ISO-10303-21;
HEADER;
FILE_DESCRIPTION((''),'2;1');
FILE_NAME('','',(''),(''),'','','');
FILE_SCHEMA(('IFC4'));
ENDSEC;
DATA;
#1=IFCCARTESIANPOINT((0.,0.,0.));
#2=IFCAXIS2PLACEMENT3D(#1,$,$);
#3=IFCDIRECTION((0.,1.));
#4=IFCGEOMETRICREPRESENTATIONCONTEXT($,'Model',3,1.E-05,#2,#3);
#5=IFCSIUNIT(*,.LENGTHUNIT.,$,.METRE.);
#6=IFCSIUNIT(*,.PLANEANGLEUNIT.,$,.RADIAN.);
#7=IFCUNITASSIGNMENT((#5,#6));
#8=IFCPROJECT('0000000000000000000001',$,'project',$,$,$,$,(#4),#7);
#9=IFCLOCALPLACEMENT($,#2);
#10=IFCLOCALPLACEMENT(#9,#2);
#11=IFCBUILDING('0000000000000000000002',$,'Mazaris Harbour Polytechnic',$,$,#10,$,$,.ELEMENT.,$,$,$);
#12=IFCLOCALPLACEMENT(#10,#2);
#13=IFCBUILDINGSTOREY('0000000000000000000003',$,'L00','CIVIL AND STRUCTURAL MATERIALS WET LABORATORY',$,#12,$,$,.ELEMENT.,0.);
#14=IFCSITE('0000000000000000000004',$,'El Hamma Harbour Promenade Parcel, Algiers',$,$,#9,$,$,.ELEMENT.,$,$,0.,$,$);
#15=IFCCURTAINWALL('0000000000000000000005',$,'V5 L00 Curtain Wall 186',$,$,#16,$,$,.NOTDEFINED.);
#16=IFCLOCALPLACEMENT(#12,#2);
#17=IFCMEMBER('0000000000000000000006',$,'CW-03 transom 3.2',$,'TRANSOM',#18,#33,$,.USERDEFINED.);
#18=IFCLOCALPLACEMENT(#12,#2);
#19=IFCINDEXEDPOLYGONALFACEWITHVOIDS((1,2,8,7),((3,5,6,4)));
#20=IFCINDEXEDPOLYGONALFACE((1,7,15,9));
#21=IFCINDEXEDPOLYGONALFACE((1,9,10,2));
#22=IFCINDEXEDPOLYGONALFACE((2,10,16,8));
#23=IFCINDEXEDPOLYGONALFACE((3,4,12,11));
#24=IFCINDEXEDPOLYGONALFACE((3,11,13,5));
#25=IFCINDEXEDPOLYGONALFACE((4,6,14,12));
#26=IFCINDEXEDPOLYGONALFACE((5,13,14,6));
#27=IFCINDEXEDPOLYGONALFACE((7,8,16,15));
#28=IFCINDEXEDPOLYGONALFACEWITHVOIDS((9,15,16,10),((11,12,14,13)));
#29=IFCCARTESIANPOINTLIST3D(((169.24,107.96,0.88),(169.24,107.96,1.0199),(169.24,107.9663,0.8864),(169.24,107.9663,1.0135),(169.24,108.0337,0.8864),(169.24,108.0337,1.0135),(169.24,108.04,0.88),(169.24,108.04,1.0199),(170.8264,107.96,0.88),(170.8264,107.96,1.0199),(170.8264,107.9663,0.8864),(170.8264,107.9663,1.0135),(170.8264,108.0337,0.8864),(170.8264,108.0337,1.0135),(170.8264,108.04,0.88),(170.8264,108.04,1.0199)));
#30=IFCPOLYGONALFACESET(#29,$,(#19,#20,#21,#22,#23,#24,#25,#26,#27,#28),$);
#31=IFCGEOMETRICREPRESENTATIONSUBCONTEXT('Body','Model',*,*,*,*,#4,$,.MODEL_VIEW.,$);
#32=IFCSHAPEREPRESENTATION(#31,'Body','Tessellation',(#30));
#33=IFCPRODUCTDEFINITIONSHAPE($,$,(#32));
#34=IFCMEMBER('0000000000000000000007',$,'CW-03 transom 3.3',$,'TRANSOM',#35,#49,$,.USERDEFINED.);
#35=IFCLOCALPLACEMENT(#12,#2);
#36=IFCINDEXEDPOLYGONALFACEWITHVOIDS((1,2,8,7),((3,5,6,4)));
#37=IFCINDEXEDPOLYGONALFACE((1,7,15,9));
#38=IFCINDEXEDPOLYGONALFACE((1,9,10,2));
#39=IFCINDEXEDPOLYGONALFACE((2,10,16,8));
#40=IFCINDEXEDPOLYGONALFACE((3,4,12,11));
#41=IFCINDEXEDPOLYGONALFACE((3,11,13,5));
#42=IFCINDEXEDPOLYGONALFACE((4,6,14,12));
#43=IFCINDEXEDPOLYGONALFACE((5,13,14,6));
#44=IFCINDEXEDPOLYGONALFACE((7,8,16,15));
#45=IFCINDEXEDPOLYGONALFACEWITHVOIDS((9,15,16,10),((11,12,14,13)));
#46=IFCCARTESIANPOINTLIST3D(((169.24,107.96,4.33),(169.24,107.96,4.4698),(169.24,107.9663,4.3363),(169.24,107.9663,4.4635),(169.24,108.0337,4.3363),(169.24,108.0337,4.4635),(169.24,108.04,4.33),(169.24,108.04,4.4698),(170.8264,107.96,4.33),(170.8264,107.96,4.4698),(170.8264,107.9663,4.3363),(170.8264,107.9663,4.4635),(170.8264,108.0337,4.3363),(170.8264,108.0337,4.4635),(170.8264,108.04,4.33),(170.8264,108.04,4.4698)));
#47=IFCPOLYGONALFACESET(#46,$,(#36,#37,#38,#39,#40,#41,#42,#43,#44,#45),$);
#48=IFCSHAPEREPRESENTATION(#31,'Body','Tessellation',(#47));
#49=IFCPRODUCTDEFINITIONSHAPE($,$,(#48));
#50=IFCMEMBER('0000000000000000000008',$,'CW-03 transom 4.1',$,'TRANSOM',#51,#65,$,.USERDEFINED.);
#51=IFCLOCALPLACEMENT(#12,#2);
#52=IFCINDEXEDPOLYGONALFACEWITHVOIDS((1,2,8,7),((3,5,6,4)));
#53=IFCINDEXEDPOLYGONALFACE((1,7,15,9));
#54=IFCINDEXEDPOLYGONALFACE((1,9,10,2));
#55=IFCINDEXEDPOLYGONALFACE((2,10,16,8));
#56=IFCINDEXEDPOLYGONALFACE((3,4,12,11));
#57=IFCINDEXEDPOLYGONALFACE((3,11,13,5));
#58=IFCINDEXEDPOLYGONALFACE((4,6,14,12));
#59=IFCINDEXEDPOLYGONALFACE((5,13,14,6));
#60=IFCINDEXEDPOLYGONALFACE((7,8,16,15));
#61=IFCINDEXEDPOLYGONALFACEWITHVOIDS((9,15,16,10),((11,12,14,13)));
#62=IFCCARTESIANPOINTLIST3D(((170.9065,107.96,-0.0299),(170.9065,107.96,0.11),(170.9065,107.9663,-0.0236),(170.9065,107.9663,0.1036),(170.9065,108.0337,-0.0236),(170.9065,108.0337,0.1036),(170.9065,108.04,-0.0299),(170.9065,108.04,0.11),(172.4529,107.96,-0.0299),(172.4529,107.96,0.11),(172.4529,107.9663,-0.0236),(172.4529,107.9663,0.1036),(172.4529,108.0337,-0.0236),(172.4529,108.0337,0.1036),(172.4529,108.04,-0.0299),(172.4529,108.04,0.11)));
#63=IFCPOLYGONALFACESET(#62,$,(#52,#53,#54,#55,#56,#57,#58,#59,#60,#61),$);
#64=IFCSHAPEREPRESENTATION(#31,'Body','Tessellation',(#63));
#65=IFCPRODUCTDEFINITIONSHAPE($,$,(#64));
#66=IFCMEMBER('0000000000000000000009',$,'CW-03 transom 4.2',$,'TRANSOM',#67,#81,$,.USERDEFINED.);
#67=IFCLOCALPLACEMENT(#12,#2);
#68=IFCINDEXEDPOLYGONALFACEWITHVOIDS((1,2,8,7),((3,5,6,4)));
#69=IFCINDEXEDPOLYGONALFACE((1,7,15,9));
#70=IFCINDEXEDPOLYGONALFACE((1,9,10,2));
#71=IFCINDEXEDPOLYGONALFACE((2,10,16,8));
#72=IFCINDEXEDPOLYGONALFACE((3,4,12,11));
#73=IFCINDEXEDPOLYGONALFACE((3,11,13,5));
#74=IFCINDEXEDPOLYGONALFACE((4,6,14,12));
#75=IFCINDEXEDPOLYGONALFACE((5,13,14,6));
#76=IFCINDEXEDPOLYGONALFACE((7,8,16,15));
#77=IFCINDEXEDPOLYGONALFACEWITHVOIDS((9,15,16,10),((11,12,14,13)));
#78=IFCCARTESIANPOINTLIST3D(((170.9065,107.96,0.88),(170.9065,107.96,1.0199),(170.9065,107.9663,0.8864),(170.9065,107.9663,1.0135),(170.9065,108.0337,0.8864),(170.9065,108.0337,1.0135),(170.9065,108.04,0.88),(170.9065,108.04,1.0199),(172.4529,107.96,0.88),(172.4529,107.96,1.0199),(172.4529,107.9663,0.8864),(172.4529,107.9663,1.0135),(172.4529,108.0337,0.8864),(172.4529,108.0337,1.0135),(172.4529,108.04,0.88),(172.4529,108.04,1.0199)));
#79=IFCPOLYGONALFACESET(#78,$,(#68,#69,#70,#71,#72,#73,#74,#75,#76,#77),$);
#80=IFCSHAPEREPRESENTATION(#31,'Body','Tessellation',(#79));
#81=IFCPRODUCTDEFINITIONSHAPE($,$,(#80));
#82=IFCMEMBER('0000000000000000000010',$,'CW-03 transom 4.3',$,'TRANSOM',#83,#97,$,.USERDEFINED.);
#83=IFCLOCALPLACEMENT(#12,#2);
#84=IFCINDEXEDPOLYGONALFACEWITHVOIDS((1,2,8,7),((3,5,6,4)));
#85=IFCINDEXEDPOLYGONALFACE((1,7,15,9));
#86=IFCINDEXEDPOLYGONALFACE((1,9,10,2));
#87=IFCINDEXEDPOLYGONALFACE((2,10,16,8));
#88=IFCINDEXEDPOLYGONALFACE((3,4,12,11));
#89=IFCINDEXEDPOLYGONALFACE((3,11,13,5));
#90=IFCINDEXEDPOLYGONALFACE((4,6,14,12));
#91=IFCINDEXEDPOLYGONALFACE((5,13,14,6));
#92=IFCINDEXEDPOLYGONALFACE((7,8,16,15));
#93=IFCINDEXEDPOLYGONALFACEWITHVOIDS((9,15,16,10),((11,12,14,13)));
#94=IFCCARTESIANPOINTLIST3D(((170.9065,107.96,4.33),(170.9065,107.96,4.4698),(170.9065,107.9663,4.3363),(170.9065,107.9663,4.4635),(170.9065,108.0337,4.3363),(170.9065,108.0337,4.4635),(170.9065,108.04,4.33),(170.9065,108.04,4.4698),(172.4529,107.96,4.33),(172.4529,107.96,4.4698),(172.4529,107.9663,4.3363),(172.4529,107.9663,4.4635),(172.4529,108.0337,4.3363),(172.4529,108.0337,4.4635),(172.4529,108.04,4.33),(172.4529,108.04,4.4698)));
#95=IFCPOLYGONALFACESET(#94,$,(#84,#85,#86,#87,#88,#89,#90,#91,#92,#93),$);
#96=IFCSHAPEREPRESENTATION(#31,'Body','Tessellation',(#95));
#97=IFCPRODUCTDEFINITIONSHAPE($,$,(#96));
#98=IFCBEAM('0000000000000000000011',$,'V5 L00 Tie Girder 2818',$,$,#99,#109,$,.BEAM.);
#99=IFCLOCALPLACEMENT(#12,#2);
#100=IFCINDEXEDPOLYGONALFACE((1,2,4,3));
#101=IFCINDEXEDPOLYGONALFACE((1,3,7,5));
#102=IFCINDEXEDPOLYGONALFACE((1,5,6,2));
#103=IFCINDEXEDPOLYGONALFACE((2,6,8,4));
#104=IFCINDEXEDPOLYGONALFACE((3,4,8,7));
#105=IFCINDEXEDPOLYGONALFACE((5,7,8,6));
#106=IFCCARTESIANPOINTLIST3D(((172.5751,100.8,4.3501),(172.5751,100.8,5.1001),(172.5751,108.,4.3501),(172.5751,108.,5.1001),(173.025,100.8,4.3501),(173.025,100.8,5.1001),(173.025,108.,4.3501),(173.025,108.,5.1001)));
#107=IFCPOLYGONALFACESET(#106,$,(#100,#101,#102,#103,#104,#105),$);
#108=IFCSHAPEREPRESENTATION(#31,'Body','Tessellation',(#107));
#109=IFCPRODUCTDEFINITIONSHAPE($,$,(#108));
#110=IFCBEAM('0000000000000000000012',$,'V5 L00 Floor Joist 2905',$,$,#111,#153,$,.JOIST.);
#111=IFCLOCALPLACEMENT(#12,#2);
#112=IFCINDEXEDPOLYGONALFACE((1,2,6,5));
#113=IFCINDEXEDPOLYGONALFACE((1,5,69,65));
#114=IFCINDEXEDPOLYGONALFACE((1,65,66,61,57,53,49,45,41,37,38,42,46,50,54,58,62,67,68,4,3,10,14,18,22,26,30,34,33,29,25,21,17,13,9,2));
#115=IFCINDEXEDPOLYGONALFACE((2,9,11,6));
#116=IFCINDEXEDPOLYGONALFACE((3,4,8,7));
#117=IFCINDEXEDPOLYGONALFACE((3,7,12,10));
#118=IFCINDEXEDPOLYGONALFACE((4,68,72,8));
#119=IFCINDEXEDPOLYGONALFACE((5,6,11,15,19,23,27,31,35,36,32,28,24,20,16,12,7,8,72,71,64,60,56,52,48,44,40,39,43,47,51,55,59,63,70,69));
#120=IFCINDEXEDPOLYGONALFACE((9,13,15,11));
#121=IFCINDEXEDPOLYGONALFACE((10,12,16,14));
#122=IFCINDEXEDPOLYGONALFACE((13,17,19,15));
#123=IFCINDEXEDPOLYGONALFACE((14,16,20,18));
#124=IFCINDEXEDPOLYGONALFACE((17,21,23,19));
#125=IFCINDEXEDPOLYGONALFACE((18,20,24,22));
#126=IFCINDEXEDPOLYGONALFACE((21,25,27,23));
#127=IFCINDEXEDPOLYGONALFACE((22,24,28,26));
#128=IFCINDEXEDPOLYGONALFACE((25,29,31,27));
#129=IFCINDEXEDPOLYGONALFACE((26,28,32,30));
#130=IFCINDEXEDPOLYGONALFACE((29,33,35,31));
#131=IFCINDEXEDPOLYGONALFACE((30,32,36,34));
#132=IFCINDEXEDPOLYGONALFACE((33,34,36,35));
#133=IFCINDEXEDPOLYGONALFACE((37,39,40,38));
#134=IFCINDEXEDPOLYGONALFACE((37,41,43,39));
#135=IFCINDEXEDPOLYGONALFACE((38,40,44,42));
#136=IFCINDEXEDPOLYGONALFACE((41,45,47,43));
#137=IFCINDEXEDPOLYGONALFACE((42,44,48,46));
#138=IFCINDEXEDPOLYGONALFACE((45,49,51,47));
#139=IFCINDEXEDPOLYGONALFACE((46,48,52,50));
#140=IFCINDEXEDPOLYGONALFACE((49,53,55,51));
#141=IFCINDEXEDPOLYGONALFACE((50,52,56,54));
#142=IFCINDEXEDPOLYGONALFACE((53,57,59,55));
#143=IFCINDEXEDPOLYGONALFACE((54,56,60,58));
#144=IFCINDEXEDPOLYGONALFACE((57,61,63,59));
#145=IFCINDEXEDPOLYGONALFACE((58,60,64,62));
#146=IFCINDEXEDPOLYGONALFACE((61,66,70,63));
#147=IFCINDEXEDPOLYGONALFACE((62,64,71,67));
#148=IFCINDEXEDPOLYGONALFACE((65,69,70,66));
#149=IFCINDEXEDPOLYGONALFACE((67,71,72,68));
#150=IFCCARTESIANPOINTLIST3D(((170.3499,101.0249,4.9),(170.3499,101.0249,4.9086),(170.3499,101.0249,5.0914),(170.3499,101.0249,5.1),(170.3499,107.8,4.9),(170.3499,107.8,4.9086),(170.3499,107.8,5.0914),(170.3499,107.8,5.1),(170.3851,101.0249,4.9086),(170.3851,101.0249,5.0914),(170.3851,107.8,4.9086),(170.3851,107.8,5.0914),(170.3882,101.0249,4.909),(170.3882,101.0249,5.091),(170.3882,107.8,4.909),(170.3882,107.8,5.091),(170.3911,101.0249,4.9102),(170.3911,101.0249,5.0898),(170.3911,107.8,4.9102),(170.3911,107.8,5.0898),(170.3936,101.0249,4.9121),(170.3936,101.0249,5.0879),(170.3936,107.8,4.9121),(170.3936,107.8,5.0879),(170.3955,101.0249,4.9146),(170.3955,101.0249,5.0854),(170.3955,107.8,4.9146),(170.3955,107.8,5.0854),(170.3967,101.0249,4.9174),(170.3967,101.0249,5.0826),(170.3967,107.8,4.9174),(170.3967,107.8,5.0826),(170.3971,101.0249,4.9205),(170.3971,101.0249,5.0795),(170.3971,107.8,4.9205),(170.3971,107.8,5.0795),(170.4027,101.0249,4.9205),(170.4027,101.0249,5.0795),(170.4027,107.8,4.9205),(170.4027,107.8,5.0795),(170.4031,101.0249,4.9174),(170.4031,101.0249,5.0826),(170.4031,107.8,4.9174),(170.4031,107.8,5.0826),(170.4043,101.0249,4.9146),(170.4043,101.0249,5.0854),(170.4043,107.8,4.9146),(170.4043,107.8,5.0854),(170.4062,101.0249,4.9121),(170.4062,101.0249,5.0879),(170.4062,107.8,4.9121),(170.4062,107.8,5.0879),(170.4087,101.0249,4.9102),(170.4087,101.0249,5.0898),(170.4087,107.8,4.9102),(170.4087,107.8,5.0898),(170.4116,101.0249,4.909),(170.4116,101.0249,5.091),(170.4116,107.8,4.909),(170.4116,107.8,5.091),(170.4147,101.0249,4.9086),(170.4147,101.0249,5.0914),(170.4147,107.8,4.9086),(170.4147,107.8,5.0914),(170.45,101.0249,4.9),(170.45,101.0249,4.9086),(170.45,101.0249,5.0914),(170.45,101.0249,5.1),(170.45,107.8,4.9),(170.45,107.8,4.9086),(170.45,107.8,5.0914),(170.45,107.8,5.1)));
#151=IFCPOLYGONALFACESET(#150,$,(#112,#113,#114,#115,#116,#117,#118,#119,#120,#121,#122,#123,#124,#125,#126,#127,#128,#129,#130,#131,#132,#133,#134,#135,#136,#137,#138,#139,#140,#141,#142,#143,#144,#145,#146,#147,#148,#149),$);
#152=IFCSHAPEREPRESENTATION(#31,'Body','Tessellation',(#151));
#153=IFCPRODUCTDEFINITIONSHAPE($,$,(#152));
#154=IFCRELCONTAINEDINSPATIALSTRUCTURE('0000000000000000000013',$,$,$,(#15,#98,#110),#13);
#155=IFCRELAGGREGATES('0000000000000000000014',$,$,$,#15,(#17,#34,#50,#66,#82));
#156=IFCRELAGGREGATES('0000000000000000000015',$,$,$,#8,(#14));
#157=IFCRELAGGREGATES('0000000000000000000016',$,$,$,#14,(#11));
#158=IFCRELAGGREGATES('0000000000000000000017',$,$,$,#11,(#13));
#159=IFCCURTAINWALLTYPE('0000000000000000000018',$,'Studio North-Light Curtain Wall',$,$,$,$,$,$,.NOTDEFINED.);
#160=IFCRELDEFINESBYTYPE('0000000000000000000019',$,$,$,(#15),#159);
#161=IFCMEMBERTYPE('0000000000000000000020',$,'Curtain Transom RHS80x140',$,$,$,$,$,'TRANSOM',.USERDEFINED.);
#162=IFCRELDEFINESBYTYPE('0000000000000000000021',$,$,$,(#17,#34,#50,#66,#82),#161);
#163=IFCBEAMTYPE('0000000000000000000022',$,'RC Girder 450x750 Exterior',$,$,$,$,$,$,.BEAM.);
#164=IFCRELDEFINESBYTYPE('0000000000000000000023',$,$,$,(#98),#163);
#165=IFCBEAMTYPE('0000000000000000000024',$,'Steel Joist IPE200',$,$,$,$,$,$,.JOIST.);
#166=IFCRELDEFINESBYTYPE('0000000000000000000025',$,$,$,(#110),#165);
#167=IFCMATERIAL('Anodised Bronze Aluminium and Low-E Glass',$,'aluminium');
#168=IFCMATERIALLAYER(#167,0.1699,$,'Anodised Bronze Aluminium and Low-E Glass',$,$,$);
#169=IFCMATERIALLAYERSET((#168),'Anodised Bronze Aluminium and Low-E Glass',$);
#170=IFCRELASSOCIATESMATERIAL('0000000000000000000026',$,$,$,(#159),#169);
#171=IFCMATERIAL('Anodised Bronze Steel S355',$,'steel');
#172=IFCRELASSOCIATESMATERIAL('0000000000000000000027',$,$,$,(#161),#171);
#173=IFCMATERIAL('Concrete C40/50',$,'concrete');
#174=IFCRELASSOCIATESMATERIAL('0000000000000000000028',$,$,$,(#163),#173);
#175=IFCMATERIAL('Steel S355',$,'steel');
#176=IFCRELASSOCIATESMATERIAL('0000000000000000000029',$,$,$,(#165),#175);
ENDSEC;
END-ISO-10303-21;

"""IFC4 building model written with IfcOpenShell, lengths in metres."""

from ifc_helpers import new_model, si_unit, direction, frame, origin, origin_2d, place, context, subcontext, project, spatial, rectangle, hollow_rectangle, i_section, extrude, material, layer, layer_set, material_profile, profile_set, type_object, element, aggregate, save


model = new_model("IFC4")

# Units and contexts
model_context = context("Model", 3, precision=1e-05, world=origin(), true_north=direction((0.0, 1.0)))
body_context = subcontext(model_context, "Body", "Model", "MODEL_VIEW")
ifc_project = project(units=[si_unit("LENGTHUNIT", "METRE"), si_unit("PLANEANGLEUNIT", "RADIAN")], contexts=[model_context])

# Site, building, storey
site_placement = place(None, origin())
site = spatial("IfcSite", under=ifc_project, at=site_placement, Name="El Hamma Harbour Promenade Parcel, Algiers", CompositionType="ELEMENT", RefElevation=0.0)
building_placement = place(site_placement, origin())
building = spatial("IfcBuilding", under=site, at=building_placement, Name="Mazaris Harbour Polytechnic", CompositionType="ELEMENT")
storey_placement = place(building_placement, origin())
storey = spatial("IfcBuildingStorey", under=building, at=storey_placement, Name="L00", Description="CIVIL AND STRUCTURAL MATERIALS WET LABORATORY", CompositionType="ELEMENT", Elevation=0.0)

# Curtain wall, members
ifc_material_1 = material(Name="Anodised Bronze Aluminium and Low-E Glass", Category="aluminium")
ifc_layer_1 = layer(ifc_material_1, 0.1699, Name="Anodised Bronze Aluminium and Low-E Glass")
ifc_layer_set_1 = layer_set([ifc_layer_1], Name="Anodised Bronze Aluminium and Low-E Glass")
curtain_wall_type = type_object("IfcCurtainWallType", Name="Studio North-Light Curtain Wall", PredefinedType="NOTDEFINED", material=ifc_layer_set_1)
curtain_wall_placement = place(storey_placement, origin())
curtain_wall = element("IfcCurtainWall", 1, at=curtain_wall_placement, inside=storey, type_object=curtain_wall_type, Name="V5 L00 Curtain Wall 186", PredefinedType="NOTDEFINED")
ifc_material_2 = material(Name="Anodised Bronze Steel S355", Category="steel")
ifc_material_profile_1 = material_profile(ifc_material_2, hollow_rectangle(XDim=0.0801, YDim=0.1399, WallThickness=0.0063, at=origin_2d()), Name="RHS 80x140x6.3")
ifc_profile_set_1 = profile_set([ifc_material_profile_1], Name="Anodised Bronze Steel S355")
member_type_1 = type_object("IfcMemberType", Name="Curtain Transom RHS80x140", ElementType="TRANSOM", PredefinedType="USERDEFINED", material=ifc_profile_set_1)
member_1_placement = place(storey_placement, frame((169.24, 108.0, 0.95), z_axis=(1.0, 0.0, 0.0), x_axis=(0.0, 1.0, 0.0)))
member_1 = element("IfcMember", 2, at=member_1_placement, type_object=member_type_1, Name="CW-03 transom 3.2", ObjectType="TRANSOM", PredefinedType="USERDEFINED", context=body_context, shape_type="SweptSolid", body=[
    extrude(hollow_rectangle(XDim=0.0801, YDim=0.1399, WallThickness=0.0063, at=origin_2d()), origin(), (0.0, 0.0, 1.0), 1.5864),
])
member_2_placement = place(storey_placement, frame((169.24, 108.0, 4.3999), z_axis=(1.0, 0.0, 0.0), x_axis=(0.0, 1.0, 0.0)))
member_2 = element("IfcMember", 3, at=member_2_placement, type_object=member_type_1, Name="CW-03 transom 3.3", ObjectType="TRANSOM", PredefinedType="USERDEFINED", context=body_context, shape_type="SweptSolid", body=[
    extrude(hollow_rectangle(XDim=0.0801, YDim=0.1399, WallThickness=0.0063, at=origin_2d()), origin(), (0.0, 0.0, 1.0), 1.5864),
])
member_3_placement = place(storey_placement, frame((170.9065, 108.0, 0.04), z_axis=(1.0, 0.0, 0.0), x_axis=(0.0, 1.0, 0.0)))
member_3 = element("IfcMember", 4, at=member_3_placement, type_object=member_type_1, Name="CW-03 transom 4.1", ObjectType="TRANSOM", PredefinedType="USERDEFINED", context=body_context, shape_type="SweptSolid", body=[
    extrude(hollow_rectangle(XDim=0.0801, YDim=0.1399, WallThickness=0.0063, at=origin_2d()), origin(), (0.0, 0.0, 1.0), 1.5464),
])
member_4_placement = place(storey_placement, frame((170.9065, 108.0, 0.95), z_axis=(1.0, 0.0, 0.0), x_axis=(0.0, 1.0, 0.0)))
member_4 = element("IfcMember", 5, at=member_4_placement, type_object=member_type_1, Name="CW-03 transom 4.2", ObjectType="TRANSOM", PredefinedType="USERDEFINED", context=body_context, shape_type="SweptSolid", body=[
    extrude(hollow_rectangle(XDim=0.0801, YDim=0.1399, WallThickness=0.0063, at=origin_2d()), origin(), (0.0, 0.0, 1.0), 1.5464),
])
member_5_placement = place(storey_placement, frame((170.9065, 108.0, 4.3999), z_axis=(1.0, 0.0, 0.0), x_axis=(0.0, 1.0, 0.0)))
member_5 = element("IfcMember", 6, at=member_5_placement, type_object=member_type_1, Name="CW-03 transom 4.3", ObjectType="TRANSOM", PredefinedType="USERDEFINED", context=body_context, shape_type="SweptSolid", body=[
    extrude(hollow_rectangle(XDim=0.0801, YDim=0.1399, WallThickness=0.0063, at=origin_2d()), origin(), (0.0, 0.0, 1.0), 1.5464),
])

# Beams
ifc_material_3 = material(Name="Concrete C40/50", Category="concrete")
ifc_material_profile_2 = material_profile(ifc_material_3, rectangle(XDim=0.45, YDim=0.75, at=origin_2d()), Name="RECT450x750")
ifc_profile_set_2 = profile_set([ifc_material_profile_2], Name="Concrete C40/50")
beam_type_1 = type_object("IfcBeamType", Name="RC Girder 450x750 Exterior", PredefinedType="BEAM", material=ifc_profile_set_2)
beam_1_placement = place(storey_placement, frame((172.8, 100.8, 4.7251), z_axis=(0.0, 1.0, 0.0), x_axis=(-1.0, 0.0, 0.0)))
element("IfcBeam", 7, at=beam_1_placement, inside=storey, type_object=beam_type_1, Name="V5 L00 Tie Girder 2818", PredefinedType="BEAM", context=body_context, shape_type="SweptSolid", body=[
    extrude(rectangle(XDim=0.45, YDim=0.75, at=origin_2d()), origin(), (0.0, 0.0, 1.0), 7.2),
])
ifc_material_4 = material(Name="Steel S355", Category="steel")
ifc_material_profile_3 = material_profile(ifc_material_4, i_section(OverallWidth=0.1001, OverallDepth=0.2, WebThickness=0.0056, FlangeThickness=0.0085, FilletRadius=0.012, at=origin_2d()), Name="IPE 200")
ifc_profile_set_3 = profile_set([ifc_material_profile_3], Name="Steel S355")
beam_type_2 = type_object("IfcBeamType", Name="Steel Joist IPE200", PredefinedType="JOIST", material=ifc_profile_set_3)
beam_2_placement = place(storey_placement, frame((170.3999, 101.0249, 5.0), z_axis=(0.0, 1.0, 0.0), x_axis=(-1.0, 0.0, 0.0)))
element("IfcBeam", 8, at=beam_2_placement, inside=storey, type_object=beam_type_2, Name="V5 L00 Floor Joist 2905", PredefinedType="JOIST", context=body_context, shape_type="SweptSolid", body=[
    extrude(i_section(OverallWidth=0.1001, OverallDepth=0.2, WebThickness=0.0056, FlangeThickness=0.0085, FilletRadius=0.012, at=origin_2d()), origin(), (0.0, 0.0, 1.0), 6.7751),
])

aggregate(curtain_wall, [member_1, member_2, member_3, member_4, member_5])

save(model, "model.ifc")
